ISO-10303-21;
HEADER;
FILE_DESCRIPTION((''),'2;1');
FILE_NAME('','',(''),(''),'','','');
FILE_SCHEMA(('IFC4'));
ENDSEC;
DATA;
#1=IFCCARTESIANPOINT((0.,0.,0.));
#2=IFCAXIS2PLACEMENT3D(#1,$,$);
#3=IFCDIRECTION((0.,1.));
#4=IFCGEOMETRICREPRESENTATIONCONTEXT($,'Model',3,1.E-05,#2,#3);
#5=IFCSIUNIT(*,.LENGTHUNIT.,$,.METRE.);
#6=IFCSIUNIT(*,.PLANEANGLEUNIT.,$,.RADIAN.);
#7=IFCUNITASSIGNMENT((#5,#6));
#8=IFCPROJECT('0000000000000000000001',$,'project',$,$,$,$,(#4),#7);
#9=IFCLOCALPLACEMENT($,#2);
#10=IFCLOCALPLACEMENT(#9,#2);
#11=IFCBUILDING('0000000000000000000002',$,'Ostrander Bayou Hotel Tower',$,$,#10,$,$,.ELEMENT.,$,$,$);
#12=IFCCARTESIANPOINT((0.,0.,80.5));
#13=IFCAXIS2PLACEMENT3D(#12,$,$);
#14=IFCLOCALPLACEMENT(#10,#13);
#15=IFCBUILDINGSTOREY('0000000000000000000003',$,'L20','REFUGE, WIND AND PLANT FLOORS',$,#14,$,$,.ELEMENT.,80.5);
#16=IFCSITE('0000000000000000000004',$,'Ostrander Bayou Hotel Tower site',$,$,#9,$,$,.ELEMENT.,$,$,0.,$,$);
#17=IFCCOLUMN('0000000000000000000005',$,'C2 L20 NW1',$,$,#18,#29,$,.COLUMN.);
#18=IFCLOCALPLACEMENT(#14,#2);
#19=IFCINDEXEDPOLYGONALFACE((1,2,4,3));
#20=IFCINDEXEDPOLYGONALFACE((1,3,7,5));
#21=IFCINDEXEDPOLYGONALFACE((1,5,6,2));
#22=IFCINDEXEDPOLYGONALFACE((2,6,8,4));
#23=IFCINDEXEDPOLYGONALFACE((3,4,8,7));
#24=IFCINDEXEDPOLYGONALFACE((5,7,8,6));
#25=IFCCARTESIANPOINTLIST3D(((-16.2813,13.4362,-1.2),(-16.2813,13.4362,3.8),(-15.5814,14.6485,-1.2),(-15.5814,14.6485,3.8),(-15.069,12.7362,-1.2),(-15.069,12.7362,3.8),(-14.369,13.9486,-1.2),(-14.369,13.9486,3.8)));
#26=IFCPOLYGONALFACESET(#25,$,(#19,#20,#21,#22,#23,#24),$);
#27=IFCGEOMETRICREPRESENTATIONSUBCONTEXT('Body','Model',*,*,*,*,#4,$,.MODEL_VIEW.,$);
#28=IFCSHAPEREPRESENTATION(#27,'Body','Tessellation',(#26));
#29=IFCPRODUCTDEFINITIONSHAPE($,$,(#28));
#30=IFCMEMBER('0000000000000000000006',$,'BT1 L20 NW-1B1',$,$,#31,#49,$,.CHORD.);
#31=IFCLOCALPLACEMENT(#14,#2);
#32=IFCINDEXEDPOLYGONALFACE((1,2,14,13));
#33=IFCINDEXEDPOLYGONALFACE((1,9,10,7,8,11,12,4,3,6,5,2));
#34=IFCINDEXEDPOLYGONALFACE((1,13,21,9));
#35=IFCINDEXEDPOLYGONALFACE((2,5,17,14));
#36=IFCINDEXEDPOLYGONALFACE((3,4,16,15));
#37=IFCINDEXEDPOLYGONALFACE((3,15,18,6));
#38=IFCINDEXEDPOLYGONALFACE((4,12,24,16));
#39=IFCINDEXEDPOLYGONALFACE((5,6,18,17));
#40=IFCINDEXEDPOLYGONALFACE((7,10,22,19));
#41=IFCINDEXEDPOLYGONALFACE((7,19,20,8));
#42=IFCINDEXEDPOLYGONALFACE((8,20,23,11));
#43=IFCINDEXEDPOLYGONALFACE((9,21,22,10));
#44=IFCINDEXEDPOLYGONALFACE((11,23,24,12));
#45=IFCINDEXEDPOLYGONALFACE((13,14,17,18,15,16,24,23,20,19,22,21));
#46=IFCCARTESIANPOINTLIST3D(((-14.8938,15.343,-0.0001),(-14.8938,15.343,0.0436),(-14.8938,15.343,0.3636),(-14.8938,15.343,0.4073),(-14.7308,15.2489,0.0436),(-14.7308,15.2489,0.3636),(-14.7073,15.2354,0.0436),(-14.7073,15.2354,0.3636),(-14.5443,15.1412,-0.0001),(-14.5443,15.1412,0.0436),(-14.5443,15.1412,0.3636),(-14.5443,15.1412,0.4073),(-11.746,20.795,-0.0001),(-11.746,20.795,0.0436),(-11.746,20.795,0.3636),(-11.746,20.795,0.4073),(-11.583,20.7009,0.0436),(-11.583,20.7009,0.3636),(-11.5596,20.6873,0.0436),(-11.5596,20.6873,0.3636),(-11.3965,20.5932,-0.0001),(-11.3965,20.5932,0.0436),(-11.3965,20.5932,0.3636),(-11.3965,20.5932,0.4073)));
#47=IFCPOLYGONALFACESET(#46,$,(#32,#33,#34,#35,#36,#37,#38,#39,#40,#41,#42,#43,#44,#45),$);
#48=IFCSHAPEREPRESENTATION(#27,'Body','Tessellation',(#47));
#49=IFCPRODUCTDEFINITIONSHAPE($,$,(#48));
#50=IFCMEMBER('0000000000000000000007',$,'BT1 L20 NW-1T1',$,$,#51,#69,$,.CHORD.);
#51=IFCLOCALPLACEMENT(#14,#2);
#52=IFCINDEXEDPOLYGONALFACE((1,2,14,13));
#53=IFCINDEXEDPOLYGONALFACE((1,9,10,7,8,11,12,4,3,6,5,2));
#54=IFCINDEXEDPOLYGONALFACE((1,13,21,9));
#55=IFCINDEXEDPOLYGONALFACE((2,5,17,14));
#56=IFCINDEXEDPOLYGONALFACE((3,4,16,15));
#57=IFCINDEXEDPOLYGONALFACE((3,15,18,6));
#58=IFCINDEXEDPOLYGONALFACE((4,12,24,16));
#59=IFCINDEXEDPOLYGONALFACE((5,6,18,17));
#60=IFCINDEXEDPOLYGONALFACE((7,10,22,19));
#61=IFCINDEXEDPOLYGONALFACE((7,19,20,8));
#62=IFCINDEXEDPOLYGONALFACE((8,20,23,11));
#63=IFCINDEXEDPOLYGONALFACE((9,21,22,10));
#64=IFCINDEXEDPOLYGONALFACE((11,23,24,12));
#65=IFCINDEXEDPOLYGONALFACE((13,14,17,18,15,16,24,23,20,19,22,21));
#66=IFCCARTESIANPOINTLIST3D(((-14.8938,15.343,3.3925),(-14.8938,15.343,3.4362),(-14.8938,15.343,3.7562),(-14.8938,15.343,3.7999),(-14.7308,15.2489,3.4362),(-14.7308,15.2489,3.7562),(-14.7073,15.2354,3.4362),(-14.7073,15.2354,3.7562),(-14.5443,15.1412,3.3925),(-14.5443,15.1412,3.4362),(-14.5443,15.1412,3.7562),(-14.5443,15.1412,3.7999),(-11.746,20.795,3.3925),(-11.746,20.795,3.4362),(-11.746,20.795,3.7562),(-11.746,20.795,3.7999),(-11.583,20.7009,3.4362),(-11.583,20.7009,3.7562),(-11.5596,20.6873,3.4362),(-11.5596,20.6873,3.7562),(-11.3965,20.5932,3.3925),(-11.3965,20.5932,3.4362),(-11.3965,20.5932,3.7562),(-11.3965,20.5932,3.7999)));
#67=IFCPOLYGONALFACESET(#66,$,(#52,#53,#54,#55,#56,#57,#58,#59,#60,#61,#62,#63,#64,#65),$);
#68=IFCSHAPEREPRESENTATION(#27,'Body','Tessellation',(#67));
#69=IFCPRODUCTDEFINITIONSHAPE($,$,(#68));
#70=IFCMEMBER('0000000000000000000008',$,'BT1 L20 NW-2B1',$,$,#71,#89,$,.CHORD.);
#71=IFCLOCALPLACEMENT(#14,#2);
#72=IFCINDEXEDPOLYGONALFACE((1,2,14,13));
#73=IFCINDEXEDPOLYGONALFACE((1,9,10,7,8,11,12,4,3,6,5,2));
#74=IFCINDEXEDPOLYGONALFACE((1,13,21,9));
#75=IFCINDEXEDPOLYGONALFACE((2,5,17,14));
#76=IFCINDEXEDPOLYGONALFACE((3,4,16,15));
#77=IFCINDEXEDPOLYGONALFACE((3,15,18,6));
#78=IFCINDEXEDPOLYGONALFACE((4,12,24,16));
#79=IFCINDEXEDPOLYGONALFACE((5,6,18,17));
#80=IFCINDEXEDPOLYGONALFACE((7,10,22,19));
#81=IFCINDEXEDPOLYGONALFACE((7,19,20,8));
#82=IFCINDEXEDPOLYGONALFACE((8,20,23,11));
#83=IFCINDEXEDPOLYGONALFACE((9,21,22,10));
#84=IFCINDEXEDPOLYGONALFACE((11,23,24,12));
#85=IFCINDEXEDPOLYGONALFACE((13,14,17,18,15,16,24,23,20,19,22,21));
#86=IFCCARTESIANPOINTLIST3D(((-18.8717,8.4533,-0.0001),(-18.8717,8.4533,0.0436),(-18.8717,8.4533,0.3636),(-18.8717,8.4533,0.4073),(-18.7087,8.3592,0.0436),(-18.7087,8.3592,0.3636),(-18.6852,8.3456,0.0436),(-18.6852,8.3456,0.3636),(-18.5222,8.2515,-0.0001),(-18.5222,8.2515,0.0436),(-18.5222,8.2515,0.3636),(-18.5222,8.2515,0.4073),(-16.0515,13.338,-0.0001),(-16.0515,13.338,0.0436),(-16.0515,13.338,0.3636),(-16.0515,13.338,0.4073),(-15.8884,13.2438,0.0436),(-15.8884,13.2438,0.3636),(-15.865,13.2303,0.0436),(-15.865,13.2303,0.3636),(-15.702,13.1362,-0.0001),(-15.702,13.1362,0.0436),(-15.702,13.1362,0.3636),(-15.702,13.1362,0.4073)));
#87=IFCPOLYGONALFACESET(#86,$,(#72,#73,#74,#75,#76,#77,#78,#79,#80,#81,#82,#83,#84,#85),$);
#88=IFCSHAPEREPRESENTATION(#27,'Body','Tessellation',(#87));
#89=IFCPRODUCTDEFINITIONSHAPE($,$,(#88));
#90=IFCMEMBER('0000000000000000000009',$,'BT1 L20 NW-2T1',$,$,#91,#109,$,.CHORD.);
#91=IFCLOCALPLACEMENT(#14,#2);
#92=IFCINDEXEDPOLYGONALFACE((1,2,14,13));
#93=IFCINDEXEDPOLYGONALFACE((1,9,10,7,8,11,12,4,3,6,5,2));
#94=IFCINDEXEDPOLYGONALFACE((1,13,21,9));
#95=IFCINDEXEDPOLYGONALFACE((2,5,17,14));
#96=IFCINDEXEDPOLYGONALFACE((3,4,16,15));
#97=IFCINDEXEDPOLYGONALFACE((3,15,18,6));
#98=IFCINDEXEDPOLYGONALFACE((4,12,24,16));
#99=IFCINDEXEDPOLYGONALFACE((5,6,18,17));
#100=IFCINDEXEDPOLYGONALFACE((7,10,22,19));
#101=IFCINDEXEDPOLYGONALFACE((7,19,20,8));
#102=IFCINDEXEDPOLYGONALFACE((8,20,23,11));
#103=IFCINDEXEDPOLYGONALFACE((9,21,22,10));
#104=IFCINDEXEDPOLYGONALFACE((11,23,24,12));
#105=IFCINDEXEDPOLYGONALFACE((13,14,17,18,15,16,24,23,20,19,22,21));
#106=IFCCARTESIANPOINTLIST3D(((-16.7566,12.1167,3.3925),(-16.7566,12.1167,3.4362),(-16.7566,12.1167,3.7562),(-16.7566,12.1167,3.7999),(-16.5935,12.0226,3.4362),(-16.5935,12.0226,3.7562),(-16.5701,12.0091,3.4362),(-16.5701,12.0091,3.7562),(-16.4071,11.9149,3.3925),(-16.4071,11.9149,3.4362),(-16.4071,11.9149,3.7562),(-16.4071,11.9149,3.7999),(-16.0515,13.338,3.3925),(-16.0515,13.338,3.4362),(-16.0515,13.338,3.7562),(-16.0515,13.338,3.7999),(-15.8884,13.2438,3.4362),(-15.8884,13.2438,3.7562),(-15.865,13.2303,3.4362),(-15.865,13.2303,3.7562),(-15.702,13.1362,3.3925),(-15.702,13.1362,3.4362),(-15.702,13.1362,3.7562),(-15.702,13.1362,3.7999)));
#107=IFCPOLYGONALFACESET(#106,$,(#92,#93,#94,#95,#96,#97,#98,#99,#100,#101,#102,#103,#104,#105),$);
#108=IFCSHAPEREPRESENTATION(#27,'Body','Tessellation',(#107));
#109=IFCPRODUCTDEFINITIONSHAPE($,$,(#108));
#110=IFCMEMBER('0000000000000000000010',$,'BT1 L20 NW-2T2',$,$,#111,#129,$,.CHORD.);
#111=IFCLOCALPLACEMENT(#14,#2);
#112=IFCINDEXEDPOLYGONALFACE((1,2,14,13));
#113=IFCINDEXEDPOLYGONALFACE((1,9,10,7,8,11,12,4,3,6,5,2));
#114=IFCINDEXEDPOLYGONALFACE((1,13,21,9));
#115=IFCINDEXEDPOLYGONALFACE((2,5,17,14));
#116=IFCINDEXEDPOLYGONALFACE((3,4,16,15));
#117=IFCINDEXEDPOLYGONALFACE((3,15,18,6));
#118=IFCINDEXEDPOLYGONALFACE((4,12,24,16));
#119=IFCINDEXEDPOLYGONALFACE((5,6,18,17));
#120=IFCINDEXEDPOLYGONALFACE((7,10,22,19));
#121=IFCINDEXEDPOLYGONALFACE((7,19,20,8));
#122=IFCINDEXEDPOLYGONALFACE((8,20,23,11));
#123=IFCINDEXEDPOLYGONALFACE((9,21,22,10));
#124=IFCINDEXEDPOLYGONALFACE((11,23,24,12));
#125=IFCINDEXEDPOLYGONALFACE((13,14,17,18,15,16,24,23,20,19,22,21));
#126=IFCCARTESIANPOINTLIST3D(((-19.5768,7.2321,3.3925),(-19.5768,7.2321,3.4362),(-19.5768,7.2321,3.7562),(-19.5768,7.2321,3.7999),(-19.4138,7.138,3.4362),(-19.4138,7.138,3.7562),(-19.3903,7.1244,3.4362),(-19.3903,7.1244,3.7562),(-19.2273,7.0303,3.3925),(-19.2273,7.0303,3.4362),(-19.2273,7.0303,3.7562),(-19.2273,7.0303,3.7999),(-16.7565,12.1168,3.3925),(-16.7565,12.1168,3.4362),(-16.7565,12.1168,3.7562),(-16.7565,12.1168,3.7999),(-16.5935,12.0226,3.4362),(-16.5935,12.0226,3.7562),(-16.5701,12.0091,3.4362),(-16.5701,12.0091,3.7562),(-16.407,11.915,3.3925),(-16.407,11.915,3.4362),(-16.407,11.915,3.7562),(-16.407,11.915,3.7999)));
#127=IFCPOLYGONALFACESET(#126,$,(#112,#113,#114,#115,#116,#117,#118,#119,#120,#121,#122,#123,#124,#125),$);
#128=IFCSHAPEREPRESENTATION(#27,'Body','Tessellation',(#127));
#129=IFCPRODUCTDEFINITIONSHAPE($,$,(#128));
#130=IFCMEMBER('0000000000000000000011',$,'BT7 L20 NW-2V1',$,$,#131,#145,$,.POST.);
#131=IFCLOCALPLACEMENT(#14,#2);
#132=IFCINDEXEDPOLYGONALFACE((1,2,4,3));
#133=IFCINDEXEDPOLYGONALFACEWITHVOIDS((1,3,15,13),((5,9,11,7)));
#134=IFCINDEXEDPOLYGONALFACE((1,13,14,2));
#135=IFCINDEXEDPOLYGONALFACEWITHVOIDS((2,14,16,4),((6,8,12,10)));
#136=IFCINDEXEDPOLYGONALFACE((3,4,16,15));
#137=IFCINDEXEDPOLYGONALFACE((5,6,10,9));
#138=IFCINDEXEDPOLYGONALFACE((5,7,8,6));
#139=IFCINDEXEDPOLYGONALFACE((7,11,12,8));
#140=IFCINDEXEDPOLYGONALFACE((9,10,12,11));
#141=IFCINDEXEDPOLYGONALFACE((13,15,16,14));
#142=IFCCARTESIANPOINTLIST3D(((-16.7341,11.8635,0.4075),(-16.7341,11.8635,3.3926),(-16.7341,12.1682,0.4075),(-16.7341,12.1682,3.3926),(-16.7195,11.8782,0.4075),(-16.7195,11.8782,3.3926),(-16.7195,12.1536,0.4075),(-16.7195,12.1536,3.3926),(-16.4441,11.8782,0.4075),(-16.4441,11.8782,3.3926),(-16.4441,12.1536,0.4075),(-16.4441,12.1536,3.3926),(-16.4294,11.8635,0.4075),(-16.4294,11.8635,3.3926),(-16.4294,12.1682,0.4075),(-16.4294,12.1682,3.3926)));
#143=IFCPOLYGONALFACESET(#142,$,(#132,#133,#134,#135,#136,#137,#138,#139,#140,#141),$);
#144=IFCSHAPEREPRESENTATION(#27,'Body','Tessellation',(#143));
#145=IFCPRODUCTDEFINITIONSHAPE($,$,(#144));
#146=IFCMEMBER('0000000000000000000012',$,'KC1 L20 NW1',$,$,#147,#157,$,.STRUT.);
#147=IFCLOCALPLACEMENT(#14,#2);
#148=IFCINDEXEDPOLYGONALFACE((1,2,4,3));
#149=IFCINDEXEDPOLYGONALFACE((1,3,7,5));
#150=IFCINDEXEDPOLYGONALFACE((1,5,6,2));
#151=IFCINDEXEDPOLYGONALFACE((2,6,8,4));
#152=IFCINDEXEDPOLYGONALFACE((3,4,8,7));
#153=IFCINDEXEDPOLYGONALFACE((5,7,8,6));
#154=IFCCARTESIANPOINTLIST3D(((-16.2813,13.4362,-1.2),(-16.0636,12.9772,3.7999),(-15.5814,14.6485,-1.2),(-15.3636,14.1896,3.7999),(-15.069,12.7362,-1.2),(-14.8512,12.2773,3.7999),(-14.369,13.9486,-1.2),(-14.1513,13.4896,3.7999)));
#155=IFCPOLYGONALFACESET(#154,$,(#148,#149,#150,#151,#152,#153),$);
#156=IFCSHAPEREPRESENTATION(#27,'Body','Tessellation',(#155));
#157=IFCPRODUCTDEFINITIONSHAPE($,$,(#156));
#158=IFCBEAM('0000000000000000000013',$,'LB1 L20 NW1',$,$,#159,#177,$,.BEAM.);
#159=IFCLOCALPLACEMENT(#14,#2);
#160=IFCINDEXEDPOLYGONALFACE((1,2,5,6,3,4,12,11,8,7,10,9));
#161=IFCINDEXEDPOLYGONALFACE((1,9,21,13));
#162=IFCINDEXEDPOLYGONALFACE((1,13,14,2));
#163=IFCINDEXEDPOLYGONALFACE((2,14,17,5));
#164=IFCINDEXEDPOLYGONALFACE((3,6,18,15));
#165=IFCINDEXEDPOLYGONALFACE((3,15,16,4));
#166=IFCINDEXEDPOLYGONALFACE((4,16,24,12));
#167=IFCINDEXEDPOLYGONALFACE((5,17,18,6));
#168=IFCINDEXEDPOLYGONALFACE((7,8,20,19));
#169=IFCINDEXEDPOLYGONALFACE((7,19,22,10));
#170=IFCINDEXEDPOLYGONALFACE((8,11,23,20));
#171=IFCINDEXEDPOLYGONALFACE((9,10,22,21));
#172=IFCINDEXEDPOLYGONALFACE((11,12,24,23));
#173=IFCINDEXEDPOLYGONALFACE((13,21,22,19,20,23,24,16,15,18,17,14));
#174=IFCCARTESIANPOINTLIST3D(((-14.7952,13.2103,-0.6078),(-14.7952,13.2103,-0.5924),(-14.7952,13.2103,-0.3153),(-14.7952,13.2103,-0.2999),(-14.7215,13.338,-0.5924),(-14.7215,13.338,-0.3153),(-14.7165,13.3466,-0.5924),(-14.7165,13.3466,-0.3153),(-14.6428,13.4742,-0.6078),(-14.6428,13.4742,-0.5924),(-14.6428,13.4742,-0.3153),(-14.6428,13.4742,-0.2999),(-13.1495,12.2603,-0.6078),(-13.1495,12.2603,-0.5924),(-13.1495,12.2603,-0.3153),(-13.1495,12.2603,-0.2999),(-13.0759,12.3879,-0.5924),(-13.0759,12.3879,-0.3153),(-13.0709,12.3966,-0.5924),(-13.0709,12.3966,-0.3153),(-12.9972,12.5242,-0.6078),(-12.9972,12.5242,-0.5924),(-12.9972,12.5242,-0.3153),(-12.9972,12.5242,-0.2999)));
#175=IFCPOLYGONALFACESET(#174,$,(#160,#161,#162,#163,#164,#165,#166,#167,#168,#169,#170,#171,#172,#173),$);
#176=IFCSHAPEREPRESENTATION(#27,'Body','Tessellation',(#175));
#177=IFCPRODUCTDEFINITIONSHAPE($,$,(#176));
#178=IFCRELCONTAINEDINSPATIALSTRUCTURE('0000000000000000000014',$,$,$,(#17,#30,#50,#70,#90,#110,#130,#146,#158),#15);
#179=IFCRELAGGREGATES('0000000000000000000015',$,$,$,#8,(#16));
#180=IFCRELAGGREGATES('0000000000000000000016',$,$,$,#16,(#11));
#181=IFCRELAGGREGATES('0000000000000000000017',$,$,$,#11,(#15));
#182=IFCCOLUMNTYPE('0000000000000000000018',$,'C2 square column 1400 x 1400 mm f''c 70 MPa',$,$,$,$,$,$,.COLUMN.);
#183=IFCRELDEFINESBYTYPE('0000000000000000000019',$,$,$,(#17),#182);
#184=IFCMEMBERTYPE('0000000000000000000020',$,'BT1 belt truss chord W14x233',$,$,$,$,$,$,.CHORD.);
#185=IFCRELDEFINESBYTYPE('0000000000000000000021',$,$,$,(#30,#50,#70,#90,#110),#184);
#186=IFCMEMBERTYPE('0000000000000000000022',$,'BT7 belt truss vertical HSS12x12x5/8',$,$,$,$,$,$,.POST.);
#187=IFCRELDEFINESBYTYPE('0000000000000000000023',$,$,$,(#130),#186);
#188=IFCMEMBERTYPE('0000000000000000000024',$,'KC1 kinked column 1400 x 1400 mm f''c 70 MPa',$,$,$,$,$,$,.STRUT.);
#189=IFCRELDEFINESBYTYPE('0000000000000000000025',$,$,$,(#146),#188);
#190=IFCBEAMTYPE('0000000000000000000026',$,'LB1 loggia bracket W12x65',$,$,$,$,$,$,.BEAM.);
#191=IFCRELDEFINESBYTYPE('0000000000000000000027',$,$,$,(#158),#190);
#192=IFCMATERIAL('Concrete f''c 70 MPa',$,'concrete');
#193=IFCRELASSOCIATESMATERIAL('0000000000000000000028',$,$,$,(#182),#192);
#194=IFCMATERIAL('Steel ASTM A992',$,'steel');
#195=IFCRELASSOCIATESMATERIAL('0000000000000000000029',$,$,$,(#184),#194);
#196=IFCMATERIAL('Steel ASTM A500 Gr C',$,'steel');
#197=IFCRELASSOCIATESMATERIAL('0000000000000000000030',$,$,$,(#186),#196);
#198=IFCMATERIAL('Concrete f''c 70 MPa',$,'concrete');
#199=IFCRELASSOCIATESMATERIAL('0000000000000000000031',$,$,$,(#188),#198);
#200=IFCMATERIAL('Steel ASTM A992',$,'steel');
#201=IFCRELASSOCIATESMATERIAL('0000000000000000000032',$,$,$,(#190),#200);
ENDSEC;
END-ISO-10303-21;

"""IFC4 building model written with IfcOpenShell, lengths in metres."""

from ifc_helpers import new_model, si_unit, direction, frame, origin, origin_2d, place, context, subcontext, project, spatial, rectangle, hollow_rectangle, i_section, extrude, material, material_profile, profile_set, type_object, element, save


model = new_model("IFC4")

# Units and contexts
model_context = context("Model", 3, precision=1e-05, world=origin(), true_north=direction((0.0, 1.0)))
body_context = subcontext(model_context, "Body", "Model", "MODEL_VIEW")
ifc_project = project(units=[si_unit("LENGTHUNIT", "METRE"), si_unit("PLANEANGLEUNIT", "RADIAN")], contexts=[model_context])

# Site, building, storey
site_placement = place(None, origin())
site = spatial("IfcSite", under=ifc_project, at=site_placement, Name="Ostrander Bayou Hotel Tower site", CompositionType="ELEMENT", RefElevation=0.0)
building_placement = place(site_placement, origin())
building = spatial("IfcBuilding", under=site, at=building_placement, Name="Ostrander Bayou Hotel Tower", CompositionType="ELEMENT")
storey_placement = place(building_placement, frame((0.0, 0.0, 80.5)))
storey = spatial("IfcBuildingStorey", under=building, at=storey_placement, Name="L20", Description="REFUGE, WIND AND PLANT FLOORS", CompositionType="ELEMENT", Elevation=80.5)

# Column
ifc_material_1 = material(Name="Concrete f'c 70 MPa", Category="concrete")
ifc_material_profile_1 = material_profile(ifc_material_1, rectangle(XDim=1.3999, YDim=1.3999, at=origin_2d()))
ifc_profile_set_1 = profile_set([ifc_material_profile_1], Name="Concrete f'c 70 MPa")
column_type = type_object("IfcColumnType", Name="C2 square column 1400 x 1400 mm f'c 70 MPa", PredefinedType="COLUMN", material=ifc_profile_set_1)
column_placement = place(storey_placement, frame((-15.3252, 13.6924, -1.2), z_axis=(0.0, 0.0, 1.0), x_axis=(0.5, 0.866025, 0.0)))
element("IfcColumn", 1, at=column_placement, inside=storey, type_object=column_type, Name="C2 L20 NW1", PredefinedType="COLUMN", context=body_context, shape_type="SweptSolid", body=[
    extrude(rectangle(XDim=1.3999, YDim=1.3999, at=origin_2d()), origin(), (0.0, 0.0, 1.0), 5.0),
])

# Members
ifc_material_2 = material(Name="Steel ASTM A992", Category="steel")
ifc_material_profile_2 = material_profile(ifc_material_2, i_section(OverallWidth=0.4036, OverallDepth=0.4075, WebThickness=0.0271, FlangeThickness=0.0437, at=origin_2d()))
ifc_profile_set_2 = profile_set([ifc_material_profile_2], Name="Steel ASTM A992")
member_type_1 = type_object("IfcMemberType", Name="BT1 belt truss chord W14x233", PredefinedType="CHORD", material=ifc_profile_set_2)
for number, where, z_axis, x_axis, name in (
    (2, (-11.5713, 20.6941, 0.2036), (-0.500006, -0.866022, 0.0), (0.866022, -0.500006, 0.0), "BT1 L20 NW-1B1"),
    (3, (-11.5713, 20.6941, 3.5962), (-0.500006, -0.866022, 0.0), (0.866022, -0.500006, 0.0), "BT1 L20 NW-1T1"),
):
    element("IfcMember", number, at=place(storey_placement, frame(where, z_axis=z_axis, x_axis=x_axis)), inside=storey, type_object=member_type_1, Name=name, PredefinedType="CHORD", context=body_context, shape_type="SweptSolid", body=[
        extrude(i_section(OverallWidth=0.4036, OverallDepth=0.4075, WebThickness=0.0271, FlangeThickness=0.0437, at=origin_2d()), origin(), (0.0, 0.0, 1.0), 6.2954),
    ])
member_1_placement = place(storey_placement, frame((-15.8767, 13.2371, 0.2036), z_axis=(-0.500012, -0.866018, 0.0), x_axis=(0.866018, -0.500012, 0.0)))
element("IfcMember", 4, at=member_1_placement, inside=storey, type_object=member_type_1, Name="BT1 L20 NW-2B1", PredefinedType="CHORD", context=body_context, shape_type="SweptSolid", body=[
    extrude(i_section(OverallWidth=0.4036, OverallDepth=0.4075, WebThickness=0.0271, FlangeThickness=0.0437, at=origin_2d()), origin(), (0.0, 0.0, 1.0), 5.6404),
])
member_2_placement = place(storey_placement, frame((-15.8767, 13.2371, 3.5962), z_axis=(-0.500012, -0.866018, 0.0), x_axis=(0.866018, -0.500012, 0.0)))
element("IfcMember", 5, at=member_2_placement, inside=storey, type_object=member_type_1, Name="BT1 L20 NW-2T1", PredefinedType="CHORD", context=body_context, shape_type="SweptSolid", body=[
    extrude(i_section(OverallWidth=0.4036, OverallDepth=0.4075, WebThickness=0.0271, FlangeThickness=0.0437, at=origin_2d()), origin(), (0.0, 0.0, 1.0), 1.4102),
])
member_3_placement = place(storey_placement, frame((-16.5818, 12.0159, 3.5962), z_axis=(-0.500012, -0.866018, 0.0), x_axis=(0.866018, -0.500012, 0.0)))
element("IfcMember", 6, at=member_3_placement, inside=storey, type_object=member_type_1, Name="BT1 L20 NW-2T2", PredefinedType="CHORD", context=body_context, shape_type="SweptSolid", body=[
    extrude(i_section(OverallWidth=0.4036, OverallDepth=0.4075, WebThickness=0.0271, FlangeThickness=0.0437, at=origin_2d()), origin(), (0.0, 0.0, 1.0), 5.6404),
])
ifc_material_3 = material(Name="Steel ASTM A500 Gr C", Category="steel")
ifc_material_profile_3 = material_profile(ifc_material_3, hollow_rectangle(XDim=0.3047, YDim=0.3047, WallThickness=0.0146, at=origin_2d()))
ifc_profile_set_3 = profile_set([ifc_material_profile_3], Name="Steel ASTM A500 Gr C")
member_type_2 = type_object("IfcMemberType", Name="BT7 belt truss vertical HSS12x12x5/8", PredefinedType="POST", material=ifc_profile_set_3)
member_4_placement = place(storey_placement, frame((-16.5818, 12.0159, 0.4075), z_axis=(0.0, 0.0, 1.0), x_axis=(1.0, 0.0, 0.0)))
element("IfcMember", 7, at=member_4_placement, inside=storey, type_object=member_type_2, Name="BT7 L20 NW-2V1", PredefinedType="POST", context=body_context, shape_type="SweptSolid", body=[
    extrude(hollow_rectangle(XDim=0.3047, YDim=0.3047, WallThickness=0.0146, at=origin_2d()), origin(), (0.0, 0.0, 1.0), 2.9851),
])
ifc_material_4 = material(Name="Concrete f'c 70 MPa", Category="concrete")
ifc_material_profile_4 = material_profile(ifc_material_4, rectangle(XDim=1.3999, YDim=1.3999, at=origin_2d()))
ifc_profile_set_4 = profile_set([ifc_material_profile_4], Name="Concrete f'c 70 MPa")
member_type_3 = type_object("IfcMemberType", Name="KC1 kinked column 1400 x 1400 mm f'c 70 MPa", PredefinedType="STRUT", material=ifc_profile_set_4)
member_5_placement = place(storey_placement, frame((-15.3252, 13.6924, -1.2), z_axis=(0.0, 0.0, 1.0), x_axis=(0.5, 0.866025, 0.0)))
element("IfcMember", 8, at=member_5_placement, inside=storey, type_object=member_type_3, Name="KC1 L20 NW1", PredefinedType="STRUT", context=body_context, shape_type="SweptSolid", body=[
    extrude(rectangle(XDim=1.3999, YDim=1.3999, at=origin_2d()), origin(), (-0.057425, -0.08319, 0.994878), 5.0256),
])

# Beam
ifc_material_5 = material(Name="Steel ASTM A992", Category="steel")
ifc_material_profile_5 = material_profile(ifc_material_5, i_section(OverallWidth=0.3047, OverallDepth=0.3079, WebThickness=0.01, FlangeThickness=0.0154, at=origin_2d()))
ifc_profile_set_5 = profile_set([ifc_material_profile_5], Name="Steel ASTM A992")
beam_type_1 = type_object("IfcBeamType", Name="LB1 loggia bracket W12x65", PredefinedType="BEAM", material=ifc_profile_set_5)
beam_1_placement = place(storey_placement, frame((-14.719, 13.3423, -0.4539), z_axis=(0.866044, -0.499967, 0.0), x_axis=(0.499967, 0.866044, 0.0)))
element("IfcBeam", 9, at=beam_1_placement, inside=storey, type_object=beam_type_1, Name="LB1 L20 NW1", PredefinedType="BEAM", context=body_context, shape_type="SweptSolid", body=[
    extrude(i_section(OverallWidth=0.3047, OverallDepth=0.3079, WebThickness=0.01, FlangeThickness=0.0154, at=origin_2d()), origin(), (0.0, 0.0, 1.0), 1.9001),
])

save(model, "model.ifc")
